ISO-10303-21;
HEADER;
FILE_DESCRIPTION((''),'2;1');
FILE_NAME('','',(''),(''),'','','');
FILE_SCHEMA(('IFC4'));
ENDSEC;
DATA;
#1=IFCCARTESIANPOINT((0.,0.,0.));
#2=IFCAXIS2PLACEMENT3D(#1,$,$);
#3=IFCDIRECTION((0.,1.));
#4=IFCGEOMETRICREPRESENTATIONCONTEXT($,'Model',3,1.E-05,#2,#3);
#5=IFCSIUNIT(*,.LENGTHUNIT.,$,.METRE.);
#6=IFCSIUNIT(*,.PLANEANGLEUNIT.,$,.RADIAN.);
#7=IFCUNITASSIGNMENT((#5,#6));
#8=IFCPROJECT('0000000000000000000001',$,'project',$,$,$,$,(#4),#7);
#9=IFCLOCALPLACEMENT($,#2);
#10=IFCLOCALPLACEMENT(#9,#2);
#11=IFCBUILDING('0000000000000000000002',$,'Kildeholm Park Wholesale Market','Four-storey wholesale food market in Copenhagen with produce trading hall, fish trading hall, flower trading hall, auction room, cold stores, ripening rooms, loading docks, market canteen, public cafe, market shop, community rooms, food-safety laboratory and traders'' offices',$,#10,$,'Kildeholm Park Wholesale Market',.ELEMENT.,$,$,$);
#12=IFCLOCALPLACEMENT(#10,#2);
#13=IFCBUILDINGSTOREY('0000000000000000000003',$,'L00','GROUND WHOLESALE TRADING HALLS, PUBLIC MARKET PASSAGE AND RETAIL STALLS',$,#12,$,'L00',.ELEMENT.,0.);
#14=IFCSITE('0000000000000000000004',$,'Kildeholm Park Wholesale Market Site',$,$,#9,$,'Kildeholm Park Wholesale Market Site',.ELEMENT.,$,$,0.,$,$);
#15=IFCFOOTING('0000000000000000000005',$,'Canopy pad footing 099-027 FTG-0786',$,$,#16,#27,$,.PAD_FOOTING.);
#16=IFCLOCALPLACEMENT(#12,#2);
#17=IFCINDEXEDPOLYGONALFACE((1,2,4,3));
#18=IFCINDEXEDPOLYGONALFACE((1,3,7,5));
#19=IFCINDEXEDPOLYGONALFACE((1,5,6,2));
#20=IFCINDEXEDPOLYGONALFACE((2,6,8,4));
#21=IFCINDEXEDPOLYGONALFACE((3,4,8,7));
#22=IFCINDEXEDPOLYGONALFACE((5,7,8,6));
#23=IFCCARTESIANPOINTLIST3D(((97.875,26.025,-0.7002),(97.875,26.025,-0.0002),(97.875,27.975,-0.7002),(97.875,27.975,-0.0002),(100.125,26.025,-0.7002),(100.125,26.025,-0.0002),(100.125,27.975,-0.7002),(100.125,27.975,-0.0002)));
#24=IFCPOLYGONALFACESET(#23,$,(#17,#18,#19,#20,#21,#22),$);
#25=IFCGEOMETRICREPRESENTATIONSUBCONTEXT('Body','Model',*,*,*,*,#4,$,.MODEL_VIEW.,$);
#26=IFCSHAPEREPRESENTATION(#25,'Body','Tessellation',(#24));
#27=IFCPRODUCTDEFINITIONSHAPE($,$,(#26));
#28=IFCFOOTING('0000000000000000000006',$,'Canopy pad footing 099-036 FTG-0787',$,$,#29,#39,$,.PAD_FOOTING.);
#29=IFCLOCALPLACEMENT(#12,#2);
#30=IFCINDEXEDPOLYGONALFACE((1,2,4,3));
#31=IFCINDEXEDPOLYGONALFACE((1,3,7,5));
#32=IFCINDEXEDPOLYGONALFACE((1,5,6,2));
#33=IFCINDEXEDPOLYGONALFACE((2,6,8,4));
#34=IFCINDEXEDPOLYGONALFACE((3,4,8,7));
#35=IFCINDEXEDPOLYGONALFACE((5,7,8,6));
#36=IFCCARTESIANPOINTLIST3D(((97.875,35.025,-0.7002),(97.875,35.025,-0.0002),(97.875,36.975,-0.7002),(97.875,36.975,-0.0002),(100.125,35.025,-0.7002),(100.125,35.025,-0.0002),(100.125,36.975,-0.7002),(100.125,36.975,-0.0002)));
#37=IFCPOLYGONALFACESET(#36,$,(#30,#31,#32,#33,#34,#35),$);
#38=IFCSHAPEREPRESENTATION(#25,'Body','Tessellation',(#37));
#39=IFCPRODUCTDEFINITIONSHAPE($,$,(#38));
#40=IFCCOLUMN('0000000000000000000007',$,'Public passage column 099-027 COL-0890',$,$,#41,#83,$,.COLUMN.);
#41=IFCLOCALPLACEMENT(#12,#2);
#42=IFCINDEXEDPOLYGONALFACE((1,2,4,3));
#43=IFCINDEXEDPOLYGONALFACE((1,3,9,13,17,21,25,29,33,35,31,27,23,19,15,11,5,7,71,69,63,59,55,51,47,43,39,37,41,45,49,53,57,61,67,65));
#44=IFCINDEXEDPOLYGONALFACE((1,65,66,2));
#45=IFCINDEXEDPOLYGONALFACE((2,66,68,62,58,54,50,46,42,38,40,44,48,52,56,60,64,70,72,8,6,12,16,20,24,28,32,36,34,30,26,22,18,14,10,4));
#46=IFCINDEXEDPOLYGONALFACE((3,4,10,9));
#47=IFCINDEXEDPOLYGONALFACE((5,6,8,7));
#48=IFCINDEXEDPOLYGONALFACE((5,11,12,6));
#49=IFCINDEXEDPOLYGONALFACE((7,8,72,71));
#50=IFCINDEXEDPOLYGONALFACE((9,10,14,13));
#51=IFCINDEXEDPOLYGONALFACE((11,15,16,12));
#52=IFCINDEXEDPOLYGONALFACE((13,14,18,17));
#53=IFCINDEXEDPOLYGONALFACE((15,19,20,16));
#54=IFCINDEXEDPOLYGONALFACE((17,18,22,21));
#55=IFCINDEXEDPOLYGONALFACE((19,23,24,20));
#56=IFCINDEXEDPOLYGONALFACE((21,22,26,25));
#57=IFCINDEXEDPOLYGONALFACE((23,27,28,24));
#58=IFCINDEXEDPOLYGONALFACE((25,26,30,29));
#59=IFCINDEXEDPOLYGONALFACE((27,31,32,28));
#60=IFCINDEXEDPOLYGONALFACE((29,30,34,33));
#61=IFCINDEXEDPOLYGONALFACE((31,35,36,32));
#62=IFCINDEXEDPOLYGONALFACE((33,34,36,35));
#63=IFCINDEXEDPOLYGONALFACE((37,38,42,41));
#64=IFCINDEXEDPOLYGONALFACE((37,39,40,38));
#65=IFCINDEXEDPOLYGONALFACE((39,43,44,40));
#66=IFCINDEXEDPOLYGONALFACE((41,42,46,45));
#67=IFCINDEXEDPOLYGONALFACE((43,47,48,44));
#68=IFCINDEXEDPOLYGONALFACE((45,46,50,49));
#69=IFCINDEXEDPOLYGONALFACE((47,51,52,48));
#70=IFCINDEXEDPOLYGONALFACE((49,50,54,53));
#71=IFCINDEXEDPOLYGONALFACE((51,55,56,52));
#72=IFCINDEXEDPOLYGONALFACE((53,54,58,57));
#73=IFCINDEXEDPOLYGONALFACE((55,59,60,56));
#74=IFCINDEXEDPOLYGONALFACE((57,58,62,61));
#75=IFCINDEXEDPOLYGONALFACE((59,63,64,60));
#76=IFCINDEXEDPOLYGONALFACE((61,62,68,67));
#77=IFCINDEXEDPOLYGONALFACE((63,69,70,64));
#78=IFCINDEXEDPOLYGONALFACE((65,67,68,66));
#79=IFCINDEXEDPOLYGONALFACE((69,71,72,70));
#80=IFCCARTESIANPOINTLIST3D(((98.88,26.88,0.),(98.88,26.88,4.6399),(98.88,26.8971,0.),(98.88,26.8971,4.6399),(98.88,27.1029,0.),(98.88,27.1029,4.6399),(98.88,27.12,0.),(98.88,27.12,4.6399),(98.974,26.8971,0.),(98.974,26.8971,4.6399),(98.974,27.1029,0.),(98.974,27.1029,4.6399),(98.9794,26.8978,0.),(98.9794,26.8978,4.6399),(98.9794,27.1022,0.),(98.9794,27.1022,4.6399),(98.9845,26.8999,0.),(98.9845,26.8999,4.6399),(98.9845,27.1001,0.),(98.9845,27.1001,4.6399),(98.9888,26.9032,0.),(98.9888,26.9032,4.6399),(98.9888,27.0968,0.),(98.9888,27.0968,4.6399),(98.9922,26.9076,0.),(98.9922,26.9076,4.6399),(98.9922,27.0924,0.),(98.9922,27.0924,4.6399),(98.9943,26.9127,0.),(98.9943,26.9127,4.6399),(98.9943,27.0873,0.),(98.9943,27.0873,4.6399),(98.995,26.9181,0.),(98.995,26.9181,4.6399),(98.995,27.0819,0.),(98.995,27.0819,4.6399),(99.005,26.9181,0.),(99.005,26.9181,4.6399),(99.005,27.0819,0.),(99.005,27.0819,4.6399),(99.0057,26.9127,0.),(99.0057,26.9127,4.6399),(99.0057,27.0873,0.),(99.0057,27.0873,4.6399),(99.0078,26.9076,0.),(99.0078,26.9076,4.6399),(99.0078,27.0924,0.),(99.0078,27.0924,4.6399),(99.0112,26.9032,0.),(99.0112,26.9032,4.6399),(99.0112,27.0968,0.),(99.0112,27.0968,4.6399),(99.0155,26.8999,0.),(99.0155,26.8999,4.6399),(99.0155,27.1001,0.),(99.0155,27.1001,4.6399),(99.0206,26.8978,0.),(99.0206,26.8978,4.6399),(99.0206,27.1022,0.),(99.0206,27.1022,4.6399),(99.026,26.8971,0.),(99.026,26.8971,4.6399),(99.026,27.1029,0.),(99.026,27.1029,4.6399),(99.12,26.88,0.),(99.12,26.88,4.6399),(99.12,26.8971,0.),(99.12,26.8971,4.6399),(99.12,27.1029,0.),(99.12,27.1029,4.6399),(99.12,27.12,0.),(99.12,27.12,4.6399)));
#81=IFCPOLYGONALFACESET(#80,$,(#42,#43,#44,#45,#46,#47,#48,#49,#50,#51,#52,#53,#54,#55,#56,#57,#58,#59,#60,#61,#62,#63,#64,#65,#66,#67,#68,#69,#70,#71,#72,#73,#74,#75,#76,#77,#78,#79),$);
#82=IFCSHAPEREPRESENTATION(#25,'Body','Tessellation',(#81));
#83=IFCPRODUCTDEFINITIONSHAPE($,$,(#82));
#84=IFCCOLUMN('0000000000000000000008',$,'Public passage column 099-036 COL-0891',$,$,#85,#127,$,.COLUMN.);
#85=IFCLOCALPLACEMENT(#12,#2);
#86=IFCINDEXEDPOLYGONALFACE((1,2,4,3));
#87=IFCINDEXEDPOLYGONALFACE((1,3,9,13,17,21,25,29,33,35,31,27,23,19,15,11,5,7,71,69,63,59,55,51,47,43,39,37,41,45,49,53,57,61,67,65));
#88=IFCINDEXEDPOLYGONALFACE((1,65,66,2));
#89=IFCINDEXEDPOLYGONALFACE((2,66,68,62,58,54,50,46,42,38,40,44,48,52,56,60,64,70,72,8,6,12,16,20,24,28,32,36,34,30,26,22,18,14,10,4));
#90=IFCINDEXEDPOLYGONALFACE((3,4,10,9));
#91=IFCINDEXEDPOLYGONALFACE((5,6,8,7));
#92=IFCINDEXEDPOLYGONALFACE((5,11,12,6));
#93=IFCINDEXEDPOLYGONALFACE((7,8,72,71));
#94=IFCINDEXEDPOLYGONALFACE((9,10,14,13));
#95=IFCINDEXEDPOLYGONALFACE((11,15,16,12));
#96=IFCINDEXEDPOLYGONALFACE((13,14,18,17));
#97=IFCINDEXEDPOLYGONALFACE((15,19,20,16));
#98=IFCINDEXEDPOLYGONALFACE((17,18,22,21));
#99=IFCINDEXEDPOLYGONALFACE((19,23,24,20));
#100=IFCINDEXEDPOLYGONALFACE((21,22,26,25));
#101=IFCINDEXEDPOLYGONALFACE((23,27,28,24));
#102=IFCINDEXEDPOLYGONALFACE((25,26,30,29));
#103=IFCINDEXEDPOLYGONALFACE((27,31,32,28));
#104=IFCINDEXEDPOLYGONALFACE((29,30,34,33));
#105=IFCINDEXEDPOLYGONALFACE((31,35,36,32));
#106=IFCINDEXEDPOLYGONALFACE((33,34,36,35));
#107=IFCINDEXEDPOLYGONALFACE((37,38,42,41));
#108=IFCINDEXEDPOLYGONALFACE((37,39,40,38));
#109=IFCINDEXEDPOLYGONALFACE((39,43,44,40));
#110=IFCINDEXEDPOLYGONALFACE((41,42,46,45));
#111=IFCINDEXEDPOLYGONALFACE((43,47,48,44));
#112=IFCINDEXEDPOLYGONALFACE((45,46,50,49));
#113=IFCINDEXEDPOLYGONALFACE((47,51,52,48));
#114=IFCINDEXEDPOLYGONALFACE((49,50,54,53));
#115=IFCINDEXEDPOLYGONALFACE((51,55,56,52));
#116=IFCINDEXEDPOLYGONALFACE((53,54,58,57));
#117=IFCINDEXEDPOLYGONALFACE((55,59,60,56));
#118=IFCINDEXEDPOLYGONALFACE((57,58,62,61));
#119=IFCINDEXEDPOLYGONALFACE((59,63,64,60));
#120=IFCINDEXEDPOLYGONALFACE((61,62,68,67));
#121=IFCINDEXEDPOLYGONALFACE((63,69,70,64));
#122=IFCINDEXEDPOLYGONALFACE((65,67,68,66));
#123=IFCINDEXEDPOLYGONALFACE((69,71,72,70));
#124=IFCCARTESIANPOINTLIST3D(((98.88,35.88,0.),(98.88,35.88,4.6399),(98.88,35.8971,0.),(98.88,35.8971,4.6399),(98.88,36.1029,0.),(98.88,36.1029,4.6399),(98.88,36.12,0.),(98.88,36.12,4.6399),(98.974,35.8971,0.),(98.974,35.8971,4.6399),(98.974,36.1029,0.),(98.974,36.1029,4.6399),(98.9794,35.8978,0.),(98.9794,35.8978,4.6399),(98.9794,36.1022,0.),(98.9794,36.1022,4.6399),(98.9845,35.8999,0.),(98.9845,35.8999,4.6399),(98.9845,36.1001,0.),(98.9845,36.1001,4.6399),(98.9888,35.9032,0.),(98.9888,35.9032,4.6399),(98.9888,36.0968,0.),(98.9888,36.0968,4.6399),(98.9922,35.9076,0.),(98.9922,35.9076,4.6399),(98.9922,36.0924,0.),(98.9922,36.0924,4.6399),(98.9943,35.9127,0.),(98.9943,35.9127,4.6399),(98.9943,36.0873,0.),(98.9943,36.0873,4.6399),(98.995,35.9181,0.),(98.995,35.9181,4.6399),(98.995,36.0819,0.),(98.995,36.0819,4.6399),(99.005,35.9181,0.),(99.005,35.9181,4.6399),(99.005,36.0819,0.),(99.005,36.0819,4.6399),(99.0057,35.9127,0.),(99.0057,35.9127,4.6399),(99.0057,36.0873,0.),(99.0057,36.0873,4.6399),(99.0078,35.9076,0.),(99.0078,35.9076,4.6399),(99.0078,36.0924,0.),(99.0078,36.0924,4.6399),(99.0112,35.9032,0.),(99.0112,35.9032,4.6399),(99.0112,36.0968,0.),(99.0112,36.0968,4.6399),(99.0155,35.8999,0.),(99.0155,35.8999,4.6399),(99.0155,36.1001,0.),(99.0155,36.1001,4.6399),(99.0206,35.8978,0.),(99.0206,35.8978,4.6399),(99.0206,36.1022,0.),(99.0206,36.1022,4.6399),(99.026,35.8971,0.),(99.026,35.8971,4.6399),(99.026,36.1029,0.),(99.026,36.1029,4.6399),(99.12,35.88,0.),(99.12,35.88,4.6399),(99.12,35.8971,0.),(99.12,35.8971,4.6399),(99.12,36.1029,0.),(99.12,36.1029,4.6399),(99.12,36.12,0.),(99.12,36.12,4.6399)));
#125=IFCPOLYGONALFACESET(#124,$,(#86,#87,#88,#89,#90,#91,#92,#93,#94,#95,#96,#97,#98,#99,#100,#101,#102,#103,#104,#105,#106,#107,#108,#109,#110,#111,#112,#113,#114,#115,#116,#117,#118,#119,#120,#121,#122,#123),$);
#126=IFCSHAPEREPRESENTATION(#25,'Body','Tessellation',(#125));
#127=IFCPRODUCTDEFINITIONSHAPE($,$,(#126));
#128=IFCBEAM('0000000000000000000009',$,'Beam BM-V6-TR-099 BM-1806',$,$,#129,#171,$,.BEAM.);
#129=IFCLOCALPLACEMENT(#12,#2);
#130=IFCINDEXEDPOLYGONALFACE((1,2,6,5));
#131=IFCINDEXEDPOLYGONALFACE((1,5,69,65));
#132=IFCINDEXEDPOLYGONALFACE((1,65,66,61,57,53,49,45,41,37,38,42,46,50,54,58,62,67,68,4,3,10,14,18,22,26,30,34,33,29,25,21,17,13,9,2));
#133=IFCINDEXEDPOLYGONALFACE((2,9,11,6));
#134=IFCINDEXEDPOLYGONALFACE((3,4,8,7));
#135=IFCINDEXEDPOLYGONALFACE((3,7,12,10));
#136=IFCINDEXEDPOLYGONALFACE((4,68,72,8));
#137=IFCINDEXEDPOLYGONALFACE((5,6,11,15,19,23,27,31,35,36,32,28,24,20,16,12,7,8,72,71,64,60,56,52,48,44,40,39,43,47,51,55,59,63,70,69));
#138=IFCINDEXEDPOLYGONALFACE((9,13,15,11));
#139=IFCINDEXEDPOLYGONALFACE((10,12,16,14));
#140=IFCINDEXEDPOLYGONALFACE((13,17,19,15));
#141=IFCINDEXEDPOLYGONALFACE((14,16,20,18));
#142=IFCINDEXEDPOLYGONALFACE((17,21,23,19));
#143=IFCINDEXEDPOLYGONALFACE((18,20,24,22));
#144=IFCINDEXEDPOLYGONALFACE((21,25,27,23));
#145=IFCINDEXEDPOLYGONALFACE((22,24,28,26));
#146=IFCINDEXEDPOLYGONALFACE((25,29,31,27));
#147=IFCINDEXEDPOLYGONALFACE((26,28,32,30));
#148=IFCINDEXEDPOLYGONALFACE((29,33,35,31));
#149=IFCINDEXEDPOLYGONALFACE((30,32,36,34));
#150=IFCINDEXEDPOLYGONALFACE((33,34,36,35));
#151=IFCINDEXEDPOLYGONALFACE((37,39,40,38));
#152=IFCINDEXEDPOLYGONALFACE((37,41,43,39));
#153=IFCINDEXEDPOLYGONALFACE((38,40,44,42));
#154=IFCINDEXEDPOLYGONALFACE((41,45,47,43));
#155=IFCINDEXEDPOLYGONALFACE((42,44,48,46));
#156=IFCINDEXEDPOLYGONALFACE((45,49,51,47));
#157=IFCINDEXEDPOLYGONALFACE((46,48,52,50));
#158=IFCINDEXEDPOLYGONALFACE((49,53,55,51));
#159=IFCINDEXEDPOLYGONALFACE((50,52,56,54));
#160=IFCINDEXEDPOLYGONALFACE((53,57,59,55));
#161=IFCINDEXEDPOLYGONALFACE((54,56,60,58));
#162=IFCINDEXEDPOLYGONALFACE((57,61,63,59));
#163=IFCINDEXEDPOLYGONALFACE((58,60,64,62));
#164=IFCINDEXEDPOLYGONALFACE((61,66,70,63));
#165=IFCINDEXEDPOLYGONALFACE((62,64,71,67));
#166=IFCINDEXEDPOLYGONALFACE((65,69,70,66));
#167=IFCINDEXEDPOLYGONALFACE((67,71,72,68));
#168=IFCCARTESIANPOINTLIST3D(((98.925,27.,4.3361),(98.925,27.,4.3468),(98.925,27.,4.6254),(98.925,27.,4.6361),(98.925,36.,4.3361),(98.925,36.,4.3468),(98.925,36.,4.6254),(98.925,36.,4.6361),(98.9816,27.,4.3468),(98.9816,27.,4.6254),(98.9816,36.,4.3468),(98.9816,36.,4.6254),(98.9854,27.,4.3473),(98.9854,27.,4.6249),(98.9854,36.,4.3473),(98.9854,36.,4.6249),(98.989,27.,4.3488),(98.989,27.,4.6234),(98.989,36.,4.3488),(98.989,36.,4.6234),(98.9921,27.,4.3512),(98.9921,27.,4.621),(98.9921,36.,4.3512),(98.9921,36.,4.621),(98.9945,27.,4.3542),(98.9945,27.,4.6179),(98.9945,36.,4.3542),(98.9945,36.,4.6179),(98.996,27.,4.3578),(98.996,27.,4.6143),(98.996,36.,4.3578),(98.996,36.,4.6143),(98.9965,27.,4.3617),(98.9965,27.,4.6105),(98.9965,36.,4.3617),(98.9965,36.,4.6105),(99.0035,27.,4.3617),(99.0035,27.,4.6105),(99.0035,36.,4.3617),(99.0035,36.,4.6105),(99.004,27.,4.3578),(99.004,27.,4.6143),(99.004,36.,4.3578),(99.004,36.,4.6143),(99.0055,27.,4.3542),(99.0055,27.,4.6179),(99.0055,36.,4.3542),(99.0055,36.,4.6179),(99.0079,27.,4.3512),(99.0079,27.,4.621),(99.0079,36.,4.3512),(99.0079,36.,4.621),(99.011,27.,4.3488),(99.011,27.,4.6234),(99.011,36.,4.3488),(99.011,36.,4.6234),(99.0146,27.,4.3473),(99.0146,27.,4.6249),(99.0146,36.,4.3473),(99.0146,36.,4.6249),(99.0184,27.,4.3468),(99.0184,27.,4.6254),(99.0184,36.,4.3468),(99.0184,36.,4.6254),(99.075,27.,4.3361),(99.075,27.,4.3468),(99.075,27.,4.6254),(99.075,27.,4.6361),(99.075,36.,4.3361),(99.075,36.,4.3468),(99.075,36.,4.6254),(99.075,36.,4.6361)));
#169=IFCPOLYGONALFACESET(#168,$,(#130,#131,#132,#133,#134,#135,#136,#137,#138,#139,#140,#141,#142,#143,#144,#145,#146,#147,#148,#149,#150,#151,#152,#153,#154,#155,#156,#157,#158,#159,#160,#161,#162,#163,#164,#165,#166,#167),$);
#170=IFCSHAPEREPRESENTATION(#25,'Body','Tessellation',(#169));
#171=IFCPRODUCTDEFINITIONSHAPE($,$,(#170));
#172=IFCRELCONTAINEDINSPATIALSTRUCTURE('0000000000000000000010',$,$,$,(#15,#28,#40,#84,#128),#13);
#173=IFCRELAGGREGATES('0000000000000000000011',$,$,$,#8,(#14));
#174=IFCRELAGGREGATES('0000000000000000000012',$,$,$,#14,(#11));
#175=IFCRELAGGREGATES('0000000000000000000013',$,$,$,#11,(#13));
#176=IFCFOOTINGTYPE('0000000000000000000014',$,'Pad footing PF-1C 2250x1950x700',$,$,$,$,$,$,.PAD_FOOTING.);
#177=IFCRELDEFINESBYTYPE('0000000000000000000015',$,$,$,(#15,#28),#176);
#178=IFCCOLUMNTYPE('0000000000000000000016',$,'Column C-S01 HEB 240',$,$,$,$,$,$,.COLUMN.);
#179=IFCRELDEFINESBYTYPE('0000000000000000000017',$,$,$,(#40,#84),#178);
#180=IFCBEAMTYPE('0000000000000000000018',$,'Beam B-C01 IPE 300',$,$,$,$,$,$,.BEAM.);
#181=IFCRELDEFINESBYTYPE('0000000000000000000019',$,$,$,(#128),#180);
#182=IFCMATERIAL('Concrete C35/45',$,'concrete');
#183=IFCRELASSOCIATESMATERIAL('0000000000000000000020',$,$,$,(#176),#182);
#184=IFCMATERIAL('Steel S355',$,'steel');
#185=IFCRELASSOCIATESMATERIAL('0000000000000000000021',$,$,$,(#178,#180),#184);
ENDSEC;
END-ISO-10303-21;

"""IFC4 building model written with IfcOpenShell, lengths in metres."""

from ifc_helpers import new_model, si_unit, direction, frame, origin, origin_2d, place, context, subcontext, project, spatial, rectangle, i_section, extrude, material, material_profile, profile_set, type_object, element, save


model = new_model("IFC4")

# Units and contexts
model_context = context("Model", 3, precision=1e-05, world=origin(), true_north=direction((0.0, 1.0)))
body_context = subcontext(model_context, "Body", "Model", "MODEL_VIEW")
ifc_project = project(units=[si_unit("LENGTHUNIT", "METRE"), si_unit("PLANEANGLEUNIT", "RADIAN")], contexts=[model_context])

# Site, building, storey
site_placement = place(None, origin())
site = spatial("IfcSite", under=ifc_project, at=site_placement, Name="Kildeholm Park Wholesale Market Site", LongName="Kildeholm Park Wholesale Market Site", CompositionType="ELEMENT", RefElevation=0.0)
building_placement = place(site_placement, origin())
building = spatial("IfcBuilding", under=site, at=building_placement, Name="Kildeholm Park Wholesale Market", Description="Four-storey wholesale food market in Copenhagen with produce trading hall, fish trading hall, flower trading hall, auction room, cold stores, ripening rooms, loading docks, market canteen, public cafe, market shop, community rooms, food-safety laboratory and traders' offices", LongName="Kildeholm Park Wholesale Market", CompositionType="ELEMENT")
storey_placement = place(building_placement, origin())
storey = spatial("IfcBuildingStorey", under=building, at=storey_placement, Name="L00", Description="GROUND WHOLESALE TRADING HALLS, PUBLIC MARKET PASSAGE AND RETAIL STALLS", LongName="L00", CompositionType="ELEMENT", Elevation=0.0)

# Footings
ifc_material_1 = material(Name="Concrete C35/45", Category="concrete")
footing_type = type_object("IfcFootingType", Name="Pad footing PF-1C 2250x1950x700", PredefinedType="PAD_FOOTING", material=ifc_material_1)
for number, where, z_axis, x_axis, name in (
    (1, (99.0, 27.0, -0.7002), (0.0, 0.0, 1.0), (1.0, 0.0, 0.0), "Canopy pad footing 099-027 FTG-0786"),
    (2, (99.0, 36.0, -0.7002), (0.0, 0.0, 1.0), (1.0, 0.0, 0.0), "Canopy pad footing 099-036 FTG-0787"),
):
    element("IfcFooting", number, at=place(storey_placement, frame(where, z_axis=z_axis, x_axis=x_axis)), inside=storey, type_object=footing_type, Name=name, PredefinedType="PAD_FOOTING", context=body_context, shape_type="SweptSolid", body=[
        extrude(rectangle(XDim=2.25, YDim=1.95, at=origin_2d()), origin(), (0.0, 0.0, 1.0), 0.7),
    ])

# Columns
ifc_material_2 = material(Name="Steel S355", Category="steel")
ifc_material_profile_1 = material_profile(ifc_material_2, i_section(OverallWidth=0.24, OverallDepth=0.24, WebThickness=0.01, FlangeThickness=0.0171, FilletRadius=0.021, at=origin_2d()), Name="HEB 240")
ifc_profile_set_1 = profile_set([ifc_material_profile_1], Name="Steel S355")
column_type = type_object("IfcColumnType", Name="Column C-S01 HEB 240", PredefinedType="COLUMN", material=ifc_profile_set_1)
for number, where, z_axis, x_axis, name in (
    (3, (99.0, 27.0, 0.0), (0.0, 0.0, 1.0), (1.0, 0.0, 0.0), "Public passage column 099-027 COL-0890"),
    (4, (99.0, 36.0, 0.0), (0.0, 0.0, 1.0), (1.0, 0.0, 0.0), "Public passage column 099-036 COL-0891"),
):
    element("IfcColumn", number, at=place(storey_placement, frame(where, z_axis=z_axis, x_axis=x_axis)), inside=storey, type_object=column_type, Name=name, PredefinedType="COLUMN", context=body_context, shape_type="SweptSolid", body=[
        extrude(i_section(OverallWidth=0.24, OverallDepth=0.24, WebThickness=0.01, FlangeThickness=0.0171, FilletRadius=0.021, at=origin_2d()), origin(), (0.0, 0.0, 1.0), 4.6399),
    ])

# Beam
ifc_material_profile_2 = material_profile(ifc_material_2, i_section(OverallWidth=0.1499, OverallDepth=0.3, WebThickness=0.0071, FlangeThickness=0.0107, FilletRadius=0.0149, at=origin_2d()), Name="IPE 300")
ifc_profile_set_2 = profile_set([ifc_material_profile_2], Name="Steel S355")
beam_type_1 = type_object("IfcBeamType", Name="Beam B-C01 IPE 300", PredefinedType="BEAM", material=ifc_profile_set_2)
beam_placement = place(storey_placement, frame((99.0, 27.0, 4.4861), z_axis=(0.0, 1.0, 0.0), x_axis=(-1.0, 0.0, 0.0)))
element("IfcBeam", 5, at=beam_placement, inside=storey, type_object=beam_type_1, Name="Beam BM-V6-TR-099 BM-1806", PredefinedType="BEAM", context=body_context, shape_type="SweptSolid", body=[
    extrude(i_section(OverallWidth=0.1499, OverallDepth=0.3, WebThickness=0.0071, FlangeThickness=0.0107, FilletRadius=0.0149, at=origin_2d()), origin(), (0.0, 0.0, 1.0), 9.0),
])

save(model, "model.ifc")
